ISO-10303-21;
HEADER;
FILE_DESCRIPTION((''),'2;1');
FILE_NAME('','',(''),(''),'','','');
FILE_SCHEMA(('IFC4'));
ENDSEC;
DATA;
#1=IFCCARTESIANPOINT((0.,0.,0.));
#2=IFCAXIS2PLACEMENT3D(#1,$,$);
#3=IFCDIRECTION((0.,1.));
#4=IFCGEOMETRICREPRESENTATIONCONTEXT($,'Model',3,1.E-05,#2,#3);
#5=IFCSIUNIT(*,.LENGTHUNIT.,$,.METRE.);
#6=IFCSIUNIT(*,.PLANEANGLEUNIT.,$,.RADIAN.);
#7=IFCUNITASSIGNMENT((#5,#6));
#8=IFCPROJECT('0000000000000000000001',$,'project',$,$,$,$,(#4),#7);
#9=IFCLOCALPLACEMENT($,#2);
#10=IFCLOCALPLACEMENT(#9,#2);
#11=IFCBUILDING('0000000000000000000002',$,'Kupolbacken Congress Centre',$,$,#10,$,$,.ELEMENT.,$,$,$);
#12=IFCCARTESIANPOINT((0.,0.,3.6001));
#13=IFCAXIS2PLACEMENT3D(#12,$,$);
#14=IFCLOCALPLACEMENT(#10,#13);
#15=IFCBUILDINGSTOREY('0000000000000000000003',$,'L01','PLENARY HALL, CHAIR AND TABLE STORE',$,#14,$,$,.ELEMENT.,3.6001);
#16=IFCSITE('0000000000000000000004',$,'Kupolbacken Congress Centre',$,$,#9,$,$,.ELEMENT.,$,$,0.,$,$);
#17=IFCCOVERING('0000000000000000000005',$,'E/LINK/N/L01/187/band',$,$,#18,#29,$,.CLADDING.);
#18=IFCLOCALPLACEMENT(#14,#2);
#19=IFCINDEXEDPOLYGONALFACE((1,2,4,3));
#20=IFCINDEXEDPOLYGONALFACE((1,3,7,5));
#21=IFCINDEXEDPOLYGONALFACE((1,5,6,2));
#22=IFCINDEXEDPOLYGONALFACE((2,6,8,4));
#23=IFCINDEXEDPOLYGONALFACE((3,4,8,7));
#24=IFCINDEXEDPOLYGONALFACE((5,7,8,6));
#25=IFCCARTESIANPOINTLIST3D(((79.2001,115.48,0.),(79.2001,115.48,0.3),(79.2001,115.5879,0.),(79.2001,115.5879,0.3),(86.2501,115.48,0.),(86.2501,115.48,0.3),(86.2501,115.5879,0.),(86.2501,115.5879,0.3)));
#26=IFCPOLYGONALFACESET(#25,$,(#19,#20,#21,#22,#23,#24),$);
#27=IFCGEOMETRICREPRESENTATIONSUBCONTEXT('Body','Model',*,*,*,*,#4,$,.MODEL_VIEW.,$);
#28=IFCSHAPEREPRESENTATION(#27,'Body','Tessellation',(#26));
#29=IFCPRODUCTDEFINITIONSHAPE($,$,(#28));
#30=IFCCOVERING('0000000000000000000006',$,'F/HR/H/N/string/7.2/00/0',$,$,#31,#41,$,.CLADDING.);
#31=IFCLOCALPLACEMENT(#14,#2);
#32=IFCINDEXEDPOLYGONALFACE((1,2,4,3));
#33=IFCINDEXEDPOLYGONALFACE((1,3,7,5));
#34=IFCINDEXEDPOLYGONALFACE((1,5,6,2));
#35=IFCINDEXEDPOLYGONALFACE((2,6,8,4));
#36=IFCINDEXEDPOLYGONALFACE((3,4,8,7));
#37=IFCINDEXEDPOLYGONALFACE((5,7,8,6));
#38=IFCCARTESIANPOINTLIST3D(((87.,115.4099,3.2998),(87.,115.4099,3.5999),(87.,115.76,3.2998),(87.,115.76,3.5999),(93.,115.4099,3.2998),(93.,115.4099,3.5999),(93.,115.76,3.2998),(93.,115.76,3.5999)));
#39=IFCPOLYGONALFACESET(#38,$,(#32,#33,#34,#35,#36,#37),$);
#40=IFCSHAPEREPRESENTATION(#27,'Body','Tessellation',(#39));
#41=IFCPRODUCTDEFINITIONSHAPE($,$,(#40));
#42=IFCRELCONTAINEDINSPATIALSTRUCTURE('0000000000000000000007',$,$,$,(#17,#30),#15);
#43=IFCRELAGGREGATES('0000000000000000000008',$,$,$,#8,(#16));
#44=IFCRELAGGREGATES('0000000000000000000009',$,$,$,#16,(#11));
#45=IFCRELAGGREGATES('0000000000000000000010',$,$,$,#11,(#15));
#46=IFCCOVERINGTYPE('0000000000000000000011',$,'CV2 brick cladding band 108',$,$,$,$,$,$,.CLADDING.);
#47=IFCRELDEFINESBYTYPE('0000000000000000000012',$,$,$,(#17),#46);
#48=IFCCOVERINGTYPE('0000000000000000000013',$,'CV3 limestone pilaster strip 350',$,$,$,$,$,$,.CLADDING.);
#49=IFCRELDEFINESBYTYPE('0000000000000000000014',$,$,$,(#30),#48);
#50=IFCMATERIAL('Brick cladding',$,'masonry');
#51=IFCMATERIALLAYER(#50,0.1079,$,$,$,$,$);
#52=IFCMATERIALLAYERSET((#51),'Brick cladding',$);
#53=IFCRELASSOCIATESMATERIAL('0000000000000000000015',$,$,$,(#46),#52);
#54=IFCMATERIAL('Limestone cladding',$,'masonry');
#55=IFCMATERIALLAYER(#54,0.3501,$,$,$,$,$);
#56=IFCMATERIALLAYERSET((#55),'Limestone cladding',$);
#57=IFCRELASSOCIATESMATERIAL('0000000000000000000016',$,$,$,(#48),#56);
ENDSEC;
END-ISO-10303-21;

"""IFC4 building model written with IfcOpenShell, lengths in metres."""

from ifc_helpers import new_model, si_unit, direction, frame, origin, origin_2d, place, context, subcontext, project, spatial, rectangle, extrude, material, layer, layer_set, type_object, element, save


model = new_model("IFC4")

# Units and contexts
model_context = context("Model", 3, precision=1e-05, world=origin(), true_north=direction((0.0, 1.0)))
body_context = subcontext(model_context, "Body", "Model", "MODEL_VIEW")
ifc_project = project(units=[si_unit("LENGTHUNIT", "METRE"), si_unit("PLANEANGLEUNIT", "RADIAN")], contexts=[model_context])

# Site, building, storey
site_placement = place(None, origin())
site = spatial("IfcSite", under=ifc_project, at=site_placement, Name="Kupolbacken Congress Centre", CompositionType="ELEMENT", RefElevation=0.0)
building_placement = place(site_placement, origin())
building = spatial("IfcBuilding", under=site, at=building_placement, Name="Kupolbacken Congress Centre", CompositionType="ELEMENT")
storey_placement = place(building_placement, frame((0.0, 0.0, 3.6001)))
storey = spatial("IfcBuildingStorey", under=building, at=storey_placement, Name="L01", Description="PLENARY HALL, CHAIR AND TABLE STORE", CompositionType="ELEMENT", Elevation=3.6001)

# Coverings
ifc_material_1 = material(Name="Brick cladding", Category="masonry")
ifc_layer_1 = layer(ifc_material_1, 0.1079)
ifc_layer_set_1 = layer_set([ifc_layer_1], Name="Brick cladding")
covering_type_1 = type_object("IfcCoveringType", Name="CV2 brick cladding band 108", PredefinedType="CLADDING", material=ifc_layer_set_1)
covering_1_placement = place(storey_placement, frame((82.7251, 115.5339, 0.0), z_axis=(0.0, 0.0, 1.0), x_axis=(-1.0, 0.0, 0.0)))
element("IfcCovering", 1, at=covering_1_placement, inside=storey, type_object=covering_type_1, Name="E/LINK/N/L01/187/band", PredefinedType="CLADDING", context=body_context, shape_type="SweptSolid", body=[
    extrude(rectangle(XDim=7.05, YDim=0.1079, at=origin_2d()), origin(), (0.0, 0.0, 1.0), 0.3),
])
ifc_material_2 = material(Name="Limestone cladding", Category="masonry")
ifc_layer_2 = layer(ifc_material_2, 0.3501)
ifc_layer_set_2 = layer_set([ifc_layer_2], Name="Limestone cladding")
covering_type_2 = type_object("IfcCoveringType", Name="CV3 limestone pilaster strip 350", PredefinedType="CLADDING", material=ifc_layer_set_2)
covering_2_placement = place(storey_placement, frame((90.0, 115.585, 3.2998), z_axis=(0.0, 0.0, 1.0), x_axis=(1.0, 0.0, 0.0)))
element("IfcCovering", 2, at=covering_2_placement, inside=storey, type_object=covering_type_2, Name="F/HR/H/N/string/7.2/00/0", PredefinedType="CLADDING", context=body_context, shape_type="SweptSolid", body=[
    extrude(rectangle(XDim=6.0, YDim=0.3501, at=origin_2d()), origin(), (0.0, 0.0, 1.0), 0.3),
])

save(model, "model.ifc")
